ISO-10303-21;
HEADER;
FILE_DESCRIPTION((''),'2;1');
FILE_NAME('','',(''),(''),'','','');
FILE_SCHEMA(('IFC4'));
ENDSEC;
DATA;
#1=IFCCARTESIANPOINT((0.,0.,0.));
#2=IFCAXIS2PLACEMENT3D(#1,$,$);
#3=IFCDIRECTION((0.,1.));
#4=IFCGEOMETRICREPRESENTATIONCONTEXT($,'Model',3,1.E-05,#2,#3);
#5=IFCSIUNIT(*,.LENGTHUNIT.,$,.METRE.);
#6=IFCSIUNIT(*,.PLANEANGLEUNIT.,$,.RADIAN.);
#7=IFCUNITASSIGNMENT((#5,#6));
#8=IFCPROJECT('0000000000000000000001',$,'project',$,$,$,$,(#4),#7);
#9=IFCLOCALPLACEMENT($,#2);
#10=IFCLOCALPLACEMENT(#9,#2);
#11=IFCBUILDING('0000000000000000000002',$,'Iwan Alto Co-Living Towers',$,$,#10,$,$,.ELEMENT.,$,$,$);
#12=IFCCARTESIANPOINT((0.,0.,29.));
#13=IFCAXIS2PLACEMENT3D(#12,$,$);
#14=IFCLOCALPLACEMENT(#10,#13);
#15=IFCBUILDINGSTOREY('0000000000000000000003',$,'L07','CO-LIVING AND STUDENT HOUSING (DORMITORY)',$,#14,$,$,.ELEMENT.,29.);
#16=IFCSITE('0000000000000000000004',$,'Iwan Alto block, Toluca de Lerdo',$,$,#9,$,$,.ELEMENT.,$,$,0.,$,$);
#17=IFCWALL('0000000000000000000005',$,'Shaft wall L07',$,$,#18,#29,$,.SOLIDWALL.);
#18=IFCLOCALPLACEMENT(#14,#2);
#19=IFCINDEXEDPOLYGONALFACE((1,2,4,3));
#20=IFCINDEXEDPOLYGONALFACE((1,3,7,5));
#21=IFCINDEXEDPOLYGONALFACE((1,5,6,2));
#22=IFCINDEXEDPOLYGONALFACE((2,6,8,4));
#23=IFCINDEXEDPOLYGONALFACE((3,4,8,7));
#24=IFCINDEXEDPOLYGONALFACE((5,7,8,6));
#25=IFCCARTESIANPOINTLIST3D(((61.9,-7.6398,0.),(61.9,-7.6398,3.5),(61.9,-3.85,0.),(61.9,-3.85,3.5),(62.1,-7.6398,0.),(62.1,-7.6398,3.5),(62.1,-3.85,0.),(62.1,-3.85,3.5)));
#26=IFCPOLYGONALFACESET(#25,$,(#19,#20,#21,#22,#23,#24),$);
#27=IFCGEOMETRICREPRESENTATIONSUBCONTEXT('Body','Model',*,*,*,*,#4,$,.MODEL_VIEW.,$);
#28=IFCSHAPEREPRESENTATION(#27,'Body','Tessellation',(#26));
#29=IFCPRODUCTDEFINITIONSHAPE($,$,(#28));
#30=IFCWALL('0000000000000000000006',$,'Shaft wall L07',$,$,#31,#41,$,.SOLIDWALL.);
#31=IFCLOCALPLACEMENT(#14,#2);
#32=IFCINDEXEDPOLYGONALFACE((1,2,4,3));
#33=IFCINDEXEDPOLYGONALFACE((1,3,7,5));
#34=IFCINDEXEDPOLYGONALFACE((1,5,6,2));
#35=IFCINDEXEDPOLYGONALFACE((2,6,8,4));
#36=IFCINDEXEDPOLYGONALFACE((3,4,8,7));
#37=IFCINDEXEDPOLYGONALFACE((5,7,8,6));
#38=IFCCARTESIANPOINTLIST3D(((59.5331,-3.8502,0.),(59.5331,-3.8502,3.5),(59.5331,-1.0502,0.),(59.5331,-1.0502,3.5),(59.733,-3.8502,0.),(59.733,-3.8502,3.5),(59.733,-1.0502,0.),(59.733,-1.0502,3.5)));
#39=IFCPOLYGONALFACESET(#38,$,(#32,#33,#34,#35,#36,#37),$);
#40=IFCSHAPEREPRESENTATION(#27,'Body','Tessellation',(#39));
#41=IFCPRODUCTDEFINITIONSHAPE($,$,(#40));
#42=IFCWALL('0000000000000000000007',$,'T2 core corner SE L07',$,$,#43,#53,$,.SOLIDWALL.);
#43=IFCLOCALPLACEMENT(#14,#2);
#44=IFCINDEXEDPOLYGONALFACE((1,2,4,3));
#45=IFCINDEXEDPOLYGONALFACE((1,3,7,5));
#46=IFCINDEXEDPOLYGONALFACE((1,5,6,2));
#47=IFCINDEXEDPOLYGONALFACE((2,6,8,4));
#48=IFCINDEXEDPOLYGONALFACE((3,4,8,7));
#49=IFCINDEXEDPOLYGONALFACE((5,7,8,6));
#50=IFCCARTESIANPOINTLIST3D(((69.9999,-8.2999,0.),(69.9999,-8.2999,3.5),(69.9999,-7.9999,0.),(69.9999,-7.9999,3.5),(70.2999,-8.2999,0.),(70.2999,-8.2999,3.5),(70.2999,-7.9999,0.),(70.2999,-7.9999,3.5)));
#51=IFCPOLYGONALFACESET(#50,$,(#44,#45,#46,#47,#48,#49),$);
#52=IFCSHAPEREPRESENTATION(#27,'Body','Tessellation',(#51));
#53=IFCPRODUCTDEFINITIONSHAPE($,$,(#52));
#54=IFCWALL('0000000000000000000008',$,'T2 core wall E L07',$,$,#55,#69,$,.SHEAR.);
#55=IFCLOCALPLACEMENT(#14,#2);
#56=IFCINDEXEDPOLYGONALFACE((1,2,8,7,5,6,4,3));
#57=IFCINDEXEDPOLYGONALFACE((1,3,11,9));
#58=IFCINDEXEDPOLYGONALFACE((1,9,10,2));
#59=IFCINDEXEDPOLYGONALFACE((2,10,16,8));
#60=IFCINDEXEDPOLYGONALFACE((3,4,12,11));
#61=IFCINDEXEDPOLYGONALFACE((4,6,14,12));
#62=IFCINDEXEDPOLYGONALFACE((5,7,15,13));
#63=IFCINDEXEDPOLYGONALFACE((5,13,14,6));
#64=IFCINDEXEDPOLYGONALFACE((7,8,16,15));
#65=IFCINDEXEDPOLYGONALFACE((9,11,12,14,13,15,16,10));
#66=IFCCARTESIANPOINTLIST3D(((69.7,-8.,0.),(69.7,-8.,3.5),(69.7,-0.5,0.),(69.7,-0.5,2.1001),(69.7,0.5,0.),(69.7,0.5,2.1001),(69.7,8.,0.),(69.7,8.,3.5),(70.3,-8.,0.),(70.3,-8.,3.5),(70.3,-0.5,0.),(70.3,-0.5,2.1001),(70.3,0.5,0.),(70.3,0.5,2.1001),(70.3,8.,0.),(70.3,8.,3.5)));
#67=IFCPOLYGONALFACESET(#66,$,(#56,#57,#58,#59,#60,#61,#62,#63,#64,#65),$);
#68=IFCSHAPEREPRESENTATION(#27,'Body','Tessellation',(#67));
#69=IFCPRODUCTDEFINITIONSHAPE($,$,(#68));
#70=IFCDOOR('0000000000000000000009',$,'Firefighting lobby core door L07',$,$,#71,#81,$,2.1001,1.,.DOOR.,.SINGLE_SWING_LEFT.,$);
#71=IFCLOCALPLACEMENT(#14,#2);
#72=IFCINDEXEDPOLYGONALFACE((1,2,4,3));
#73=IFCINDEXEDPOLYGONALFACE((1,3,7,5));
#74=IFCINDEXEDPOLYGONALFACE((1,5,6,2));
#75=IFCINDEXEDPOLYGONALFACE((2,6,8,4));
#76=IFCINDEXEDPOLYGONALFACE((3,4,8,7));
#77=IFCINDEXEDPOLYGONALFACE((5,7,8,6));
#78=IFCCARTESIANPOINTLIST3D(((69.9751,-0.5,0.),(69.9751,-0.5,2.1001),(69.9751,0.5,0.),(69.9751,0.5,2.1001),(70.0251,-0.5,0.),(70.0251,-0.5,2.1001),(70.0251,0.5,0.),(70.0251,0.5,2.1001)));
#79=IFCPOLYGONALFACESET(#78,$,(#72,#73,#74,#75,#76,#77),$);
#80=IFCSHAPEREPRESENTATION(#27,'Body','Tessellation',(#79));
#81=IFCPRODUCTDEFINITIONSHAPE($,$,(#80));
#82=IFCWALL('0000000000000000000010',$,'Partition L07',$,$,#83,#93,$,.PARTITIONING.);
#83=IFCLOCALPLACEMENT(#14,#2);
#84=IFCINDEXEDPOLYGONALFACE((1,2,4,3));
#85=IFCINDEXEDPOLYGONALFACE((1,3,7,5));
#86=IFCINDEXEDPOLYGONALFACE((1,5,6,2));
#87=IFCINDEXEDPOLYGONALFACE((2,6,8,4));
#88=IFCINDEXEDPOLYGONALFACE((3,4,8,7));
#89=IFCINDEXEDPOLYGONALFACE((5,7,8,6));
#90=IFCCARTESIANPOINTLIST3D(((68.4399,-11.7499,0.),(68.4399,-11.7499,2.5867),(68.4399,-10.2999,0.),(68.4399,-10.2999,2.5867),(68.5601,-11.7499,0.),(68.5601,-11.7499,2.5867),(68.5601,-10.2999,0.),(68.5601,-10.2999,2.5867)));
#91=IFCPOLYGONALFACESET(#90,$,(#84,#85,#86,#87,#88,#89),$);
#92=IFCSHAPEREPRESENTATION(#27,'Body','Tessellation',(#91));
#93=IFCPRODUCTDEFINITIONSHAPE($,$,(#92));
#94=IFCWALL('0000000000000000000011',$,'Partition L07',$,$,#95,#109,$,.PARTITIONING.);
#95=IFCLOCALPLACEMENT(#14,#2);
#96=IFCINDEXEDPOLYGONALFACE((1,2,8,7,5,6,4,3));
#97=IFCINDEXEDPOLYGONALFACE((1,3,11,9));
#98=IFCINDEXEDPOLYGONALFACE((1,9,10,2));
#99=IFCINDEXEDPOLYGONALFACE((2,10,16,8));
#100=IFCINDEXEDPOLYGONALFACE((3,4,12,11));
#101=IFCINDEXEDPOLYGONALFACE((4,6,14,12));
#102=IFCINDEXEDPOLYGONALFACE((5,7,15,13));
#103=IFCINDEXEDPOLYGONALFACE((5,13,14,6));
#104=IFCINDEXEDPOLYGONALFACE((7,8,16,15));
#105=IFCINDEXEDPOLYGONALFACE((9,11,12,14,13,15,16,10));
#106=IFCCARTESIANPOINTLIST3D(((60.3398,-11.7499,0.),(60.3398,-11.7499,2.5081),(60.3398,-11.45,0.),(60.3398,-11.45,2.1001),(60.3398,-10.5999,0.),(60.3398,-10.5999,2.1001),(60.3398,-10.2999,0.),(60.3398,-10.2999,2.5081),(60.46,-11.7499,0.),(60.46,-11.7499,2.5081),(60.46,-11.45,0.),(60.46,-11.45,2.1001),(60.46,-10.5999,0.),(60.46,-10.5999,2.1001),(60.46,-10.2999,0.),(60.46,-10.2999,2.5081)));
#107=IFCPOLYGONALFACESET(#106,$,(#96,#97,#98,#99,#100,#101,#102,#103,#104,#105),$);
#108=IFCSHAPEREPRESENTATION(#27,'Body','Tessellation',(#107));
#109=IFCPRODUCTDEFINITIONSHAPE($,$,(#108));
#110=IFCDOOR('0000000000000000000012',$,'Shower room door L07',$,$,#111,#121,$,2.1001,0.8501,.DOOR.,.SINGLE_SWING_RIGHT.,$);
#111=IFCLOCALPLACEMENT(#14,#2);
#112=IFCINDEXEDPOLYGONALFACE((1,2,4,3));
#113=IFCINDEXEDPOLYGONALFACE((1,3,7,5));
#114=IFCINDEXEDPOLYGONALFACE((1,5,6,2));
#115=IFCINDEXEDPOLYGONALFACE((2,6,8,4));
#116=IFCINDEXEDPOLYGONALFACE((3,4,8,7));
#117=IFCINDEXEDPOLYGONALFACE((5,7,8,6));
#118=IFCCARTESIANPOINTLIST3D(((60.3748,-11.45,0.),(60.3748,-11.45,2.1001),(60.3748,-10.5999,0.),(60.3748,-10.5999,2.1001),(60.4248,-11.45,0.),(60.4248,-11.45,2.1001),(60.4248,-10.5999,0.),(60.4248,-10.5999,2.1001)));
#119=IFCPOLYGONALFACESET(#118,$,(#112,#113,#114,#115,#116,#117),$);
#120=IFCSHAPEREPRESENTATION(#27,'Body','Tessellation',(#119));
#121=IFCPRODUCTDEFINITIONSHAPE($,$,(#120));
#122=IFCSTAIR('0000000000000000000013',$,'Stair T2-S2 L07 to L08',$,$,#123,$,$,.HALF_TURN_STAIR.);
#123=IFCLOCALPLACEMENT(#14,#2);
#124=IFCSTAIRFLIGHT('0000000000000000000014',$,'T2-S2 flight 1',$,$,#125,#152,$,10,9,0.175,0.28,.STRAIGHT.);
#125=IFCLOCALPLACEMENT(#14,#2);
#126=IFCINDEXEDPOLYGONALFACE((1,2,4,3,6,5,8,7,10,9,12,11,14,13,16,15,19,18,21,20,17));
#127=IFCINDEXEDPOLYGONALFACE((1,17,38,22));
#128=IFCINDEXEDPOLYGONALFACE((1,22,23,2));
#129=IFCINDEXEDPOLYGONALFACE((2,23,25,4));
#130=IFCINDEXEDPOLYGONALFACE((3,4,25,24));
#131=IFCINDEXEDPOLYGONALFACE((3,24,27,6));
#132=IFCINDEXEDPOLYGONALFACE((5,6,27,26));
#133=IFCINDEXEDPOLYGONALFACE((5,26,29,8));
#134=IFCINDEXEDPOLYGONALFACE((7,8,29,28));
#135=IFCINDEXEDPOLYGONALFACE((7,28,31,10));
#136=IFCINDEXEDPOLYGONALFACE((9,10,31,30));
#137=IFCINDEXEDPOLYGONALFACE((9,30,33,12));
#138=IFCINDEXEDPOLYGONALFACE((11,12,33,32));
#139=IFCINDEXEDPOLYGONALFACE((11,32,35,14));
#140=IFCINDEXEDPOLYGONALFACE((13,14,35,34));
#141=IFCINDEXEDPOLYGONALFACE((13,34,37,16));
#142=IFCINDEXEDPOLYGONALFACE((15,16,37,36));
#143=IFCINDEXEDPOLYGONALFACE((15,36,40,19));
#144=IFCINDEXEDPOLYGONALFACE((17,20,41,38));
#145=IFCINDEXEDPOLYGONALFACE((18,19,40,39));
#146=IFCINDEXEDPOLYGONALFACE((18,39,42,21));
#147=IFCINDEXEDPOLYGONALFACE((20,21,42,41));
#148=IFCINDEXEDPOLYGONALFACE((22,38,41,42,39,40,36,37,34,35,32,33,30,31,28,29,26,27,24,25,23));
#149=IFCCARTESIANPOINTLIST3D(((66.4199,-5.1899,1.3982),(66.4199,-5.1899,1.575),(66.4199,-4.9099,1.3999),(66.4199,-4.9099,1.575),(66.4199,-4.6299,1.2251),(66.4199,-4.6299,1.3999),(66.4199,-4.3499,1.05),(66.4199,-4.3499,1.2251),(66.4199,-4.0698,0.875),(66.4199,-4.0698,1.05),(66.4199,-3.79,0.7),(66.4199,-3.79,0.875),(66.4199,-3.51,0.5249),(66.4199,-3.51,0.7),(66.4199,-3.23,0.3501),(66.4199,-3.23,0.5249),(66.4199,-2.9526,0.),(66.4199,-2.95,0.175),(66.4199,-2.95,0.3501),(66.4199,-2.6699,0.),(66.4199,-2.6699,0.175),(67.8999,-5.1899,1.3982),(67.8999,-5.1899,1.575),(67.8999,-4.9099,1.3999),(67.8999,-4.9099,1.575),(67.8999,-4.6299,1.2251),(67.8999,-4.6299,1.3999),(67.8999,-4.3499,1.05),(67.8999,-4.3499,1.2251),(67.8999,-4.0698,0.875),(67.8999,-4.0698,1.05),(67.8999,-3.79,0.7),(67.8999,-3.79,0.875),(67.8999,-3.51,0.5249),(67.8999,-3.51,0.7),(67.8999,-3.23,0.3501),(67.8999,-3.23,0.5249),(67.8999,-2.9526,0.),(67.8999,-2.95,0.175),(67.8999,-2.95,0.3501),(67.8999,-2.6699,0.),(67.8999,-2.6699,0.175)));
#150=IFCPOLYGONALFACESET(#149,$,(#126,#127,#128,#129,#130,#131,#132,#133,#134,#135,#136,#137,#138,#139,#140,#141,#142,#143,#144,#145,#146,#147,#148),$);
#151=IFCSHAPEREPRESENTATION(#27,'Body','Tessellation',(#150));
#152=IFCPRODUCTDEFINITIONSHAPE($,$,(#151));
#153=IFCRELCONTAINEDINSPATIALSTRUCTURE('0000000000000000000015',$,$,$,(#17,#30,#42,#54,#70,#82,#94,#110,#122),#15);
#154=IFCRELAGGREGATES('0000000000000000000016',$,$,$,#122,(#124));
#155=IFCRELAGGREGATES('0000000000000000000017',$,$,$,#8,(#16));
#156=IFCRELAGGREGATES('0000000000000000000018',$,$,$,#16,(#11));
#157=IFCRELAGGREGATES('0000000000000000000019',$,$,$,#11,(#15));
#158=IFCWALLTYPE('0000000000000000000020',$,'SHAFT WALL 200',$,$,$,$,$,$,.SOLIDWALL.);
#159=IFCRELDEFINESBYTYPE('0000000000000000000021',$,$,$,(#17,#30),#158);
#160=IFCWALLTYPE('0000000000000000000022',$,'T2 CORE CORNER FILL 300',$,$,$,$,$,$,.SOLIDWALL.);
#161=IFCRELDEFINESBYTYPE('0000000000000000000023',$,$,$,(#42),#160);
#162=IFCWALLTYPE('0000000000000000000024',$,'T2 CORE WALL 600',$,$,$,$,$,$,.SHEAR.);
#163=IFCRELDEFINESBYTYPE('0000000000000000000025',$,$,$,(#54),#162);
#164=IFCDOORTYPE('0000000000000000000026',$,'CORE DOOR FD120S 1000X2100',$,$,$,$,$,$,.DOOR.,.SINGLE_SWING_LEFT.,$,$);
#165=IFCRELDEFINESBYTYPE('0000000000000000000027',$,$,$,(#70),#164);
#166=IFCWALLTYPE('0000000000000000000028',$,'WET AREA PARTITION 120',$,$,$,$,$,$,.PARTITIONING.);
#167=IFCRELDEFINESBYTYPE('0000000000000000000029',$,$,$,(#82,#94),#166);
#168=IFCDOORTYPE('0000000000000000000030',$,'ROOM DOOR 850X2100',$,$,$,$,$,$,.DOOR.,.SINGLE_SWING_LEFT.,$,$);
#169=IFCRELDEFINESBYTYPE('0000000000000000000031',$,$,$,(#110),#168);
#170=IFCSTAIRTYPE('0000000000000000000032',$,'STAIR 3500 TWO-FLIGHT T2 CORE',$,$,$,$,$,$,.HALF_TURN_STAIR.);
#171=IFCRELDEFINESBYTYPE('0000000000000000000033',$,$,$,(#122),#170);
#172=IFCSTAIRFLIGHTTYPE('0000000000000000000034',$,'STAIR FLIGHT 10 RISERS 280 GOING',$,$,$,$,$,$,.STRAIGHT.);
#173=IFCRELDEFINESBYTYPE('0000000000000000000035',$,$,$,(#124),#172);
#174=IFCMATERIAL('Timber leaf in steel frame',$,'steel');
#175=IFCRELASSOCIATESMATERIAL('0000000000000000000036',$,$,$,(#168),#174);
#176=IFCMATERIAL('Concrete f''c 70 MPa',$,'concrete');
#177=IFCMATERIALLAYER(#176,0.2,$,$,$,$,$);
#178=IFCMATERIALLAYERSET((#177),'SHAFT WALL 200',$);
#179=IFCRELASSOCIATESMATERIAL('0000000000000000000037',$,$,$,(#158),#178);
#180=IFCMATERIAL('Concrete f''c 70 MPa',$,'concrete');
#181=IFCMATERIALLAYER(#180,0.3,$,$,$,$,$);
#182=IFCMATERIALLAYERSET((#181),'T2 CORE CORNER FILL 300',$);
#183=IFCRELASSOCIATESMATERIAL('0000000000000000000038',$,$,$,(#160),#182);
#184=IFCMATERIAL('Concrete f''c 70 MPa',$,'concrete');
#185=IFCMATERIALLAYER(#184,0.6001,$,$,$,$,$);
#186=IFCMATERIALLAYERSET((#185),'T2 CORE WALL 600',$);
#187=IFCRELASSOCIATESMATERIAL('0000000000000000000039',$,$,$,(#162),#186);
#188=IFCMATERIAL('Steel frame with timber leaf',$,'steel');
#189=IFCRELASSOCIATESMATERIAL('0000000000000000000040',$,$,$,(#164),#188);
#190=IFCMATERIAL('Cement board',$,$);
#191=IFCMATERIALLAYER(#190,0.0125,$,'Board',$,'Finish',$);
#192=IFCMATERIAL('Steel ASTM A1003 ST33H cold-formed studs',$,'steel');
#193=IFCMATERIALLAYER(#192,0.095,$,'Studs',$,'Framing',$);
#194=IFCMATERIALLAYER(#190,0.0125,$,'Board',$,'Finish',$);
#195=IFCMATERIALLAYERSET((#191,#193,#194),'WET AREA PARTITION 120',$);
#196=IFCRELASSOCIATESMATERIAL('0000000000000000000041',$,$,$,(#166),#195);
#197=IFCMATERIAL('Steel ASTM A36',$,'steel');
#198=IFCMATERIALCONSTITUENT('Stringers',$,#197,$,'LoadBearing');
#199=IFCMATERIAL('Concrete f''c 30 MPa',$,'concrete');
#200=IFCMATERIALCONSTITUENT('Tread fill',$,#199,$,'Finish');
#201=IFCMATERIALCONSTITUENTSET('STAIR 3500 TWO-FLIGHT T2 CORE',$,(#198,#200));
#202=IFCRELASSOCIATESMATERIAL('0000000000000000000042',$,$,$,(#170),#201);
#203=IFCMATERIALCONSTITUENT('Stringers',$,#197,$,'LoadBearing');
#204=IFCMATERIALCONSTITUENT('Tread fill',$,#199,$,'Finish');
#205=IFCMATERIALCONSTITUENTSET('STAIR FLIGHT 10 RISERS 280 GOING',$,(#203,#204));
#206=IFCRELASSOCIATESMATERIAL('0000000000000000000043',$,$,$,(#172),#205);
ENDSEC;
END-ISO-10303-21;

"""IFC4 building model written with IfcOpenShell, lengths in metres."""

from ifc_helpers import new_model, si_unit, direction, frame, frame_2d, origin, place, context, subcontext, project, spatial, polyline, rectangle, outline, extrude, material, layer, layer_set, constituent, constituent_set, type_object, element, fill, aggregate, save


model = new_model("IFC4")

# Units and contexts
model_context = context("Model", 3, precision=1e-05, world=origin(), true_north=direction((0.0, 1.0)))
body_context = subcontext(model_context, "Body", "Model", "MODEL_VIEW")
ifc_project = project(units=[si_unit("LENGTHUNIT", "METRE"), si_unit("PLANEANGLEUNIT", "RADIAN")], contexts=[model_context])

# Site, building, storey
site_placement = place(None, origin())
site = spatial("IfcSite", under=ifc_project, at=site_placement, Name="Iwan Alto block, Toluca de Lerdo", CompositionType="ELEMENT", RefElevation=0.0)
building_placement = place(site_placement, origin())
building = spatial("IfcBuilding", under=site, at=building_placement, Name="Iwan Alto Co-Living Towers", CompositionType="ELEMENT")
storey_placement = place(building_placement, frame((0.0, 0.0, 29.0)))
storey = spatial("IfcBuildingStorey", under=building, at=storey_placement, Name="L07", Description="CO-LIVING AND STUDENT HOUSING (DORMITORY)", CompositionType="ELEMENT", Elevation=29.0)

# Shared definitions
ifc_material_1 = material(Name="Steel ASTM A1003 ST33H cold-formed studs", Category="steel")

# Shared definitions
ifc_material_2 = material(Name="Timber leaf in steel frame", Category="steel")
door_type_1 = type_object("IfcDoorType", Name="ROOM DOOR 850X2100", OperationType="SINGLE_SWING_LEFT", PredefinedType="DOOR", material=ifc_material_2)

# Shared definitions
ifc_material_3 = material(Name="Concrete f'c 70 MPa", Category="concrete")
ifc_layer_1 = layer(ifc_material_3, 0.2)
ifc_layer_set_1 = layer_set([ifc_layer_1], Name="SHAFT WALL 200")
wall_type_1 = type_object("IfcWallType", Name="SHAFT WALL 200", PredefinedType="SOLIDWALL", material=ifc_layer_set_1)

# Walls
wall_1_placement = place(storey_placement, frame((62.0, -7.6399, 0.0), z_axis=(0.0, 0.0, 1.0), x_axis=(0.0, 1.0, 0.0)))
element("IfcWall", 1, at=wall_1_placement, inside=storey, type_object=wall_type_1, Name="Shaft wall L07", PredefinedType="SOLIDWALL", context=body_context, shape_type="SweptSolid", body=[
    extrude(rectangle(XDim=3.7898, YDim=0.2, at=frame_2d((1.895, 0.0))), origin(), (0.0, 0.0, 1.0), 3.5),
])
wall_2_placement = place(storey_placement, frame((59.6331, -3.8501, 0.0), z_axis=(0.0, 0.0, 1.0), x_axis=(0.0, 1.0, 0.0)))
element("IfcWall", 2, at=wall_2_placement, inside=storey, type_object=wall_type_1, Name="Shaft wall L07", PredefinedType="SOLIDWALL", context=body_context, shape_type="SweptSolid", body=[
    extrude(rectangle(XDim=2.8, YDim=0.2, at=frame_2d((1.3999, 0.0))), origin(), (0.0, 0.0, 1.0), 3.5),
])
ifc_material_4 = material(Name="Concrete f'c 70 MPa", Category="concrete")
ifc_layer_2 = layer(ifc_material_4, 0.3)
ifc_layer_set_2 = layer_set([ifc_layer_2], Name="T2 CORE CORNER FILL 300")
wall_type_2 = type_object("IfcWallType", Name="T2 CORE CORNER FILL 300", PredefinedType="SOLIDWALL", material=ifc_layer_set_2)
wall_3_placement = place(storey_placement, frame((70.0, -8.1499, 0.0), z_axis=(0.0, 0.0, 1.0), x_axis=(1.0, 0.0, 0.0)))
element("IfcWall", 3, at=wall_3_placement, inside=storey, type_object=wall_type_2, Name="T2 core corner SE L07", PredefinedType="SOLIDWALL", context=body_context, shape_type="SweptSolid", body=[
    extrude(rectangle(XDim=0.3, YDim=0.3, at=frame_2d((0.1499, 0.0))), origin(), (0.0, 0.0, 1.0), 3.5),
])

# Wall, opening, door
ifc_material_5 = material(Name="Concrete f'c 70 MPa", Category="concrete")
ifc_layer_3 = layer(ifc_material_5, 0.6001)
ifc_layer_set_3 = layer_set([ifc_layer_3], Name="T2 CORE WALL 600")
wall_type_3 = type_object("IfcWallType", Name="T2 CORE WALL 600", PredefinedType="SHEAR", material=ifc_layer_set_3)
wall_4_placement = place(storey_placement, frame((70.0, -8.0, 0.0), z_axis=(0.0, 0.0, 1.0), x_axis=(0.0, 1.0, 0.0)))
wall_4 = element("IfcWall", 4, at=wall_4_placement, inside=storey, type_object=wall_type_3, Name="T2 core wall E L07", PredefinedType="SHEAR", context=body_context, shape_type="SweptSolid", body=[
    extrude(rectangle(XDim=16.0, YDim=0.6001, at=frame_2d((8.0, 0.0))), origin(), (0.0, 0.0, 1.0), 3.5),
])
opening_1_placement = place(wall_4_placement, frame((7.5, 0.0, 0.0)))
opening_1 = element("IfcOpeningElement", 5, at=opening_1_placement, cuts=wall_4, PredefinedType="OPENING", context=body_context, shape_type="SweptSolid", body=[
    extrude(rectangle(XDim=1.0, YDim=2.1001, at=frame_2d((0.5, 1.05))), frame((0.0, 0.3101, 0.0), z_axis=(0.0, -1.0, 0.0), x_axis=(1.0, 0.0, 0.0)), (0.0, 0.0, 1.0), 0.6201),
])
ifc_material_6 = material(Name="Steel frame with timber leaf", Category="steel")
door_type_2 = type_object("IfcDoorType", Name="CORE DOOR FD120S 1000X2100", OperationType="SINGLE_SWING_LEFT", PredefinedType="DOOR", material=ifc_material_6)
door_1_placement = place(opening_1_placement, origin())
door_1 = element("IfcDoor", 6, at=door_1_placement, inside=storey, type_object=door_type_2, Name="Firefighting lobby core door L07", OperationType="SINGLE_SWING_LEFT", OverallHeight=2.1001, OverallWidth=1.0, PredefinedType="DOOR", context=body_context, shape_type="SweptSolid", body=[
    extrude(rectangle(XDim=1.0, YDim=2.1001, at=frame_2d((0.5, 1.05))), frame((0.0, 0.0249, 0.0), z_axis=(0.0, -1.0, 0.0), x_axis=(1.0, 0.0, 0.0)), (0.0, 0.0, 1.0), 0.05),
])
fill(opening_1, door_1)

# Wall
ifc_material_7 = material(Name="Cement board")
ifc_layer_4 = layer(ifc_material_7, 0.0125, Name="Board", Category="Finish")
ifc_layer_5 = layer(ifc_material_1, 0.095, Name="Studs", Category="Framing")
ifc_layer_6 = layer(ifc_material_7, 0.0125, Name="Board", Category="Finish")
ifc_layer_set_4 = layer_set([ifc_layer_4, ifc_layer_5, ifc_layer_6], Name="WET AREA PARTITION 120")
wall_type_4 = type_object("IfcWallType", Name="WET AREA PARTITION 120", PredefinedType="PARTITIONING", material=ifc_layer_set_4)
wall_5_placement = place(storey_placement, frame((68.5, -11.75, 0.0), z_axis=(0.0, 0.0, 1.0), x_axis=(0.0, 1.0, 0.0)))
element("IfcWall", 7, at=wall_5_placement, inside=storey, type_object=wall_type_4, Name="Partition L07", PredefinedType="PARTITIONING", context=body_context, shape_type="SweptSolid", body=[
    extrude(rectangle(XDim=1.45, YDim=0.1201, at=frame_2d((0.7251, 0.0))), origin(), (0.0, 0.0, 1.0), 2.5867),
])

# Wall, opening, door
wall_6_placement = place(storey_placement, frame((60.3999, -11.75, 0.0), z_axis=(0.0, 0.0, 1.0), x_axis=(0.0, 1.0, 0.0)))
wall_6 = element("IfcWall", 8, at=wall_6_placement, inside=storey, type_object=wall_type_4, Name="Partition L07", PredefinedType="PARTITIONING", context=body_context, shape_type="SweptSolid", body=[
    extrude(rectangle(XDim=1.45, YDim=0.1201, at=frame_2d((0.7251, 0.0))), origin(), (0.0, 0.0, 1.0), 2.5081),
])
opening_2_placement = place(wall_6_placement, frame((0.3, 0.0, 0.0)))
opening_2 = element("IfcOpeningElement", 9, at=opening_2_placement, cuts=wall_6, PredefinedType="OPENING", context=body_context, shape_type="SweptSolid", body=[
    extrude(rectangle(XDim=0.8501, YDim=2.1001, at=frame_2d((0.425, 1.05))), frame((0.0, 0.0701, 0.0), z_axis=(0.0, -1.0, 0.0), x_axis=(1.0, 0.0, 0.0)), (0.0, 0.0, 1.0), 0.1401),
])
door_2_placement = place(opening_2_placement, frame((0.8501, 0.0, 0.0), z_axis=(0.0, 0.0, 1.0), x_axis=(-1.0, 0.0, 0.0)))
door_2 = element("IfcDoor", 10, at=door_2_placement, inside=storey, type_object=door_type_1, Name="Shower room door L07", OperationType="SINGLE_SWING_RIGHT", OverallHeight=2.1001, OverallWidth=0.8501, PredefinedType="DOOR", context=body_context, shape_type="SweptSolid", body=[
    extrude(rectangle(XDim=0.8501, YDim=2.1001, at=frame_2d((0.425, 1.05))), frame((0.0, 0.0249, 0.0), z_axis=(0.0, -1.0, 0.0), x_axis=(1.0, 0.0, 0.0)), (0.0, 0.0, 1.0), 0.05),
])
fill(opening_2, door_2)

# Stair, stair flight
ifc_material_8 = material(Name="Steel ASTM A36", Category="steel")
ifc_constituent_1 = constituent(ifc_material_8, Name="Stringers", Category="LoadBearing")
ifc_material_9 = material(Name="Concrete f'c 30 MPa", Category="concrete")
ifc_constituent_2 = constituent(ifc_material_9, Name="Tread fill", Category="Finish")
ifc_constituent_set_1 = constituent_set(constituents=[ifc_constituent_1, ifc_constituent_2], Name="STAIR 3500 TWO-FLIGHT T2 CORE")
stair_type = type_object("IfcStairType", Name="STAIR 3500 TWO-FLIGHT T2 CORE", PredefinedType="HALF_TURN_STAIR", material=ifc_constituent_set_1)
stair_placement = place(storey_placement, origin())
stair = element("IfcStair", 11, at=stair_placement, inside=storey, type_object=stair_type, Name="Stair T2-S2 L07 to L08", PredefinedType="HALF_TURN_STAIR")
ifc_constituent_3 = constituent(ifc_material_8, Name="Stringers", Category="LoadBearing")
ifc_constituent_4 = constituent(ifc_material_9, Name="Tread fill", Category="Finish")
ifc_constituent_set_2 = constituent_set(constituents=[ifc_constituent_3, ifc_constituent_4], Name="STAIR FLIGHT 10 RISERS 280 GOING")
stair_flight_type = type_object("IfcStairFlightType", Name="STAIR FLIGHT 10 RISERS 280 GOING", PredefinedType="STRAIGHT", material=ifc_constituent_set_2)
stair_flight_1_placement = place(storey_placement, frame((67.1599, -2.6699, 0.0), z_axis=(0.0, 0.0, 1.0), x_axis=(0.0, -1.0, 0.0)))
stair_flight_1 = element("IfcStairFlight", 12, at=stair_flight_1_placement, type_object=stair_flight_type, Name="T2-S2 flight 1", NumberOfRisers=10, NumberOfTreads=9, PredefinedType="STRAIGHT", RiserHeight=0.175, TreadLength=0.28, context=body_context, shape_type="SweptSolid", body=[
    extrude(outline(polyline([(0.0, 0.0), (0.0, 0.175), (0.28, 0.175), (0.28, 0.3501), (0.5601, 0.3501), (0.5601, 0.5249), (0.8401, 0.5249), (0.8401, 0.7), (1.1201, 0.7), (1.1201, 0.875), (1.3999, 0.875), (1.3999, 1.05), (1.6799, 1.05), (1.6799, 1.2251), (1.96, 1.2251), (1.96, 1.3999), (2.24, 1.3999), (2.24, 1.575), (2.52, 1.575), (2.52, 1.75), (2.52, 1.3982), (0.2827, 0.0), (0.0, 0.0)])), frame((0.0, 0.74, 0.0), z_axis=(0.0, -1.0, 0.0), x_axis=(1.0, 0.0, 0.0)), (0.0, 0.0, 1.0), 1.48),
])
aggregate(stair, [stair_flight_1])

save(model, "model.ifc")
